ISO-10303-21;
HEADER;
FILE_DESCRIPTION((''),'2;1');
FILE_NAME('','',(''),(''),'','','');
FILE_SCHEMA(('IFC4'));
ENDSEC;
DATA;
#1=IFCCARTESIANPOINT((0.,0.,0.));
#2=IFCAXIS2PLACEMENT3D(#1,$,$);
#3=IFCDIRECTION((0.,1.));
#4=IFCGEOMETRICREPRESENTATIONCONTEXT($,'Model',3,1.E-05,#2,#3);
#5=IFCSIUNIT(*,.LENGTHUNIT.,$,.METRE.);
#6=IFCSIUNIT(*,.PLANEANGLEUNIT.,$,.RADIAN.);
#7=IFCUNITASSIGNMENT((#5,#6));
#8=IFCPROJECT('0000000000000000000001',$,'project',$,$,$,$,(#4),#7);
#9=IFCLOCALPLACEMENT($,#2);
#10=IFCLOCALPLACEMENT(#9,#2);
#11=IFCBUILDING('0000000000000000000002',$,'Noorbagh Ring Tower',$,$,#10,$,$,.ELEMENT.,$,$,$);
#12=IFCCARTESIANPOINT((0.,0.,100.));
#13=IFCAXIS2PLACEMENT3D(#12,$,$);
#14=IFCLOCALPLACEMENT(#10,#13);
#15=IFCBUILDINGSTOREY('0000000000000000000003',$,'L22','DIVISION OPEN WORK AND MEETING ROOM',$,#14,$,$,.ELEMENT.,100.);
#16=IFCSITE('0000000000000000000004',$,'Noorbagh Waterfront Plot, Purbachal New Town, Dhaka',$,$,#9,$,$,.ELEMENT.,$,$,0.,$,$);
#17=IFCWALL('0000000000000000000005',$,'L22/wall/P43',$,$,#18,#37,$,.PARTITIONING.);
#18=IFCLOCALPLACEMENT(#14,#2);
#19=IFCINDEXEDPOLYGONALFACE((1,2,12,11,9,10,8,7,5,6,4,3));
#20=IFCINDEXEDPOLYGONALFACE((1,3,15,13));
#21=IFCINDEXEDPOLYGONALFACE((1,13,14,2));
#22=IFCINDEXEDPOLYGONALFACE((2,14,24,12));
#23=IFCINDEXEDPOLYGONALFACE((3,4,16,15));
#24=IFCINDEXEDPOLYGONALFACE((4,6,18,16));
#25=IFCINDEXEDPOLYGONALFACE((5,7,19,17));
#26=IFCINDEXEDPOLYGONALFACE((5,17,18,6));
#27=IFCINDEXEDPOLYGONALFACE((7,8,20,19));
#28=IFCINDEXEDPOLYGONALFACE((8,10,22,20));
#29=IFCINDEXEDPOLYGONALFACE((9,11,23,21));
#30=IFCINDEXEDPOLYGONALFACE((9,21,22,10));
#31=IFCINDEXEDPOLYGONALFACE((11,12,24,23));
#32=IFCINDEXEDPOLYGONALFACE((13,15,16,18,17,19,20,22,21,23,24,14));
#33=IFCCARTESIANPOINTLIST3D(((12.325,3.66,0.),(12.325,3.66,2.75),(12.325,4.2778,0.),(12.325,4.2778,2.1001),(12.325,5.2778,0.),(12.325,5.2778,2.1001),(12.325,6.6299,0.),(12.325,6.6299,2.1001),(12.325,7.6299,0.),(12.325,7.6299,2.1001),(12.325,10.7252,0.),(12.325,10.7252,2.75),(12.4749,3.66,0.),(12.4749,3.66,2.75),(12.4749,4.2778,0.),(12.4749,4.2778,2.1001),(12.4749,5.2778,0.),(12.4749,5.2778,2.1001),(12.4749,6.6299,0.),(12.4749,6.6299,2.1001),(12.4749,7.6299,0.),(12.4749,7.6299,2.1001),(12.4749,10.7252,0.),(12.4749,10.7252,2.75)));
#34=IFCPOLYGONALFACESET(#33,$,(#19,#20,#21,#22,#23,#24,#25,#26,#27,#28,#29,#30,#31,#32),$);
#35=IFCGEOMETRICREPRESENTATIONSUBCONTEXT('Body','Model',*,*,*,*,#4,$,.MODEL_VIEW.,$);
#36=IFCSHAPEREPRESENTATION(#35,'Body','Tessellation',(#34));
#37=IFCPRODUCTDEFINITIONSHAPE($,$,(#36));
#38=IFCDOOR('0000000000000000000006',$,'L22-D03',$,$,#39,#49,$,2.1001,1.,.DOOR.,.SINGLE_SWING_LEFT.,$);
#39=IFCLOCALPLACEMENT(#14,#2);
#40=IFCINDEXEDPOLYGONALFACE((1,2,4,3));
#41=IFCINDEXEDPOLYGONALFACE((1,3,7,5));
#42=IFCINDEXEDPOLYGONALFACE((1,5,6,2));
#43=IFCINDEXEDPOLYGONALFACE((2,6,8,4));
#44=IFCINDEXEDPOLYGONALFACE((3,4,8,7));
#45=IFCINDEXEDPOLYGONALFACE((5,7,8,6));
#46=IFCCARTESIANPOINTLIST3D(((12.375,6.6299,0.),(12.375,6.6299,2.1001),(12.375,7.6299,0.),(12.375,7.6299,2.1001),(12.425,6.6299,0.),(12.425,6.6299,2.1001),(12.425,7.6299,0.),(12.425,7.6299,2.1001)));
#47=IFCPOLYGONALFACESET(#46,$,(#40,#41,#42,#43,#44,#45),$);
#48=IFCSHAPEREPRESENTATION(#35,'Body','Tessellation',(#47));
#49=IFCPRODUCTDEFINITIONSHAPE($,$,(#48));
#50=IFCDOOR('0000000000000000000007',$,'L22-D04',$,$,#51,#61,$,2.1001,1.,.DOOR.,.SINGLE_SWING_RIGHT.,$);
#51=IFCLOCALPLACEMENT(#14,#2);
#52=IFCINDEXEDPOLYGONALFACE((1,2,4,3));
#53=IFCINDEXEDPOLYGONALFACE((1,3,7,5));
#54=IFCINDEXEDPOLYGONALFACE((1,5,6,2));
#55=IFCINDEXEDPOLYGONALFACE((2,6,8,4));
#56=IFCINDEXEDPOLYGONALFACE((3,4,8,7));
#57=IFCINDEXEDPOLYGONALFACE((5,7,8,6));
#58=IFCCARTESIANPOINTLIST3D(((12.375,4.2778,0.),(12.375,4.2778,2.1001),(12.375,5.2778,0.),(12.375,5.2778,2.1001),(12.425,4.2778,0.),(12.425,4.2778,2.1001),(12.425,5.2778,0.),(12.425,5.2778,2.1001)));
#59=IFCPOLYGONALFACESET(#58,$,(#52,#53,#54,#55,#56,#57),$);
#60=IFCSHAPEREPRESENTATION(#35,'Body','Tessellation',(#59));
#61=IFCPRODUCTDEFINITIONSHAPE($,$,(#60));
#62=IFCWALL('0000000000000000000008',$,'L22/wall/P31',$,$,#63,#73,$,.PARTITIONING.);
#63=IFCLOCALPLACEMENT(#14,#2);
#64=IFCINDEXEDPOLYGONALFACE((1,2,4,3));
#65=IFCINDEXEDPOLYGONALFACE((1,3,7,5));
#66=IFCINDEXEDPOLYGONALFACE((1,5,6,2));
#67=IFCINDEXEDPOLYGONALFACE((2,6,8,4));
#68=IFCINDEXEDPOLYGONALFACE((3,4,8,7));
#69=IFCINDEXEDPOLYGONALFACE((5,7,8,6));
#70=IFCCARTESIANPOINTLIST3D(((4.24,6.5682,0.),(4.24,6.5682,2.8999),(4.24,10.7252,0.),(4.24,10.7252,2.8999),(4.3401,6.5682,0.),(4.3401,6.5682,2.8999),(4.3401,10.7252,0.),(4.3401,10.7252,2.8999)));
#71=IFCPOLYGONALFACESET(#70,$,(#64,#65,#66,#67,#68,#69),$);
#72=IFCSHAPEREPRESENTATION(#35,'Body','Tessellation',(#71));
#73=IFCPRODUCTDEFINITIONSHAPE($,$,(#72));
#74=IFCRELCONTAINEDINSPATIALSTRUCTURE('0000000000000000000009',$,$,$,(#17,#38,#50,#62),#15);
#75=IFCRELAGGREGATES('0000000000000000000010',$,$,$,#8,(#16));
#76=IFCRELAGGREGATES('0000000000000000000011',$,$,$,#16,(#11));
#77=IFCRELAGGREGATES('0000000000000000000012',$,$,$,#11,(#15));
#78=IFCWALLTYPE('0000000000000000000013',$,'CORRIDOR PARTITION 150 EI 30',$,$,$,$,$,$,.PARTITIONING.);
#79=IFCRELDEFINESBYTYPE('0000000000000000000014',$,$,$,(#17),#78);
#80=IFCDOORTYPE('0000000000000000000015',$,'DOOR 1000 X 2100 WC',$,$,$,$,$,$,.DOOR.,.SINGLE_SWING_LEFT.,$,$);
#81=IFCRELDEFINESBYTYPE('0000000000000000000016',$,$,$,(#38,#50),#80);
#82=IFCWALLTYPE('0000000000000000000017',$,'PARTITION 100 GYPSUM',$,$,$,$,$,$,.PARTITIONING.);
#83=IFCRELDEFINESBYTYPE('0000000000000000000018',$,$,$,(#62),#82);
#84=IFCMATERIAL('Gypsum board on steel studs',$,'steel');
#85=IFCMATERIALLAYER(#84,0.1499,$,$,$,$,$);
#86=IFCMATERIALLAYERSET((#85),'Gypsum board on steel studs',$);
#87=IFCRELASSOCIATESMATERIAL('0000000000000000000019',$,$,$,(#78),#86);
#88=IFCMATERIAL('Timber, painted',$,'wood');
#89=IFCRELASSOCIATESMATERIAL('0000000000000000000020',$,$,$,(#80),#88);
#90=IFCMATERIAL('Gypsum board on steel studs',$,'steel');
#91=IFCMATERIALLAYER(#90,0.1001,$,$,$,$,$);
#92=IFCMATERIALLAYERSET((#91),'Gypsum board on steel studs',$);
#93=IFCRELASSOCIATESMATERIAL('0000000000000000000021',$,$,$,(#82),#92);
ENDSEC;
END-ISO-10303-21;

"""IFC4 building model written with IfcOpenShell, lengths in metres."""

from ifc_helpers import new_model, si_unit, direction, frame, frame_2d, origin, place, context, subcontext, project, spatial, rectangle, extrude, material, layer, layer_set, type_object, element, fill, save


model = new_model("IFC4")

# Units and contexts
model_context = context("Model", 3, precision=1e-05, world=origin(), true_north=direction((0.0, 1.0)))
body_context = subcontext(model_context, "Body", "Model", "MODEL_VIEW")
ifc_project = project(units=[si_unit("LENGTHUNIT", "METRE"), si_unit("PLANEANGLEUNIT", "RADIAN")], contexts=[model_context])

# Site, building, storey
site_placement = place(None, origin())
site = spatial("IfcSite", under=ifc_project, at=site_placement, Name="Noorbagh Waterfront Plot, Purbachal New Town, Dhaka", CompositionType="ELEMENT", RefElevation=0.0)
building_placement = place(site_placement, origin())
building = spatial("IfcBuilding", under=site, at=building_placement, Name="Noorbagh Ring Tower", CompositionType="ELEMENT")
storey_placement = place(building_placement, frame((0.0, 0.0, 100.0)))
storey = spatial("IfcBuildingStorey", under=building, at=storey_placement, Name="L22", Description="DIVISION OPEN WORK AND MEETING ROOM", CompositionType="ELEMENT", Elevation=100.0)

# Shared definitions
ifc_material_1 = material(Name="Gypsum board on steel studs", Category="steel")
ifc_layer_1 = layer(ifc_material_1, 0.1499)
ifc_layer_set_1 = layer_set([ifc_layer_1], Name="Gypsum board on steel studs")
wall_type_1 = type_object("IfcWallType", Name="CORRIDOR PARTITION 150 EI 30", PredefinedType="PARTITIONING", material=ifc_layer_set_1)
ifc_material_2 = material(Name="Timber, painted", Category="wood")
door_type_1 = type_object("IfcDoorType", Name="DOOR 1000 X 2100 WC", OperationType="SINGLE_SWING_LEFT", PredefinedType="DOOR", material=ifc_material_2)

# Wall, openings, doors
wall_1_placement = place(storey_placement, frame((12.3999, 3.6599, 0.0), z_axis=(0.0, 0.0, 1.0), x_axis=(0.0, 1.0, 0.0)))
wall_1 = element("IfcWall", 1, at=wall_1_placement, inside=storey, type_object=wall_type_1, Name="L22/wall/P43", PredefinedType="PARTITIONING", context=body_context, shape_type="SweptSolid", body=[
    extrude(rectangle(XDim=7.0652, YDim=0.1499, at=frame_2d((3.5327, 0.0))), origin(), (0.0, 0.0, 1.0), 2.75),
])
opening_1_placement = place(wall_1_placement, frame((2.97, 0.0, 0.0)))
opening_1 = element("IfcOpeningElement", 2, at=opening_1_placement, cuts=wall_1, PredefinedType="OPENING", context=body_context, shape_type="SweptSolid", body=[
    extrude(rectangle(XDim=1.0, YDim=2.1001, at=frame_2d((0.5, 1.05))), frame((0.0, 0.085, 0.0), z_axis=(0.0, -1.0, 0.0), x_axis=(1.0, 0.0, 0.0)), (0.0, 0.0, 1.0), 0.1699),
])
opening_2_placement = place(wall_1_placement, frame((0.6179, 0.0, 0.0)))
opening_2 = element("IfcOpeningElement", 3, at=opening_2_placement, cuts=wall_1, PredefinedType="OPENING", context=body_context, shape_type="SweptSolid", body=[
    extrude(rectangle(XDim=1.0, YDim=2.1001, at=frame_2d((0.5, 1.05))), frame((0.0, 0.085, 0.0), z_axis=(0.0, -1.0, 0.0), x_axis=(1.0, 0.0, 0.0)), (0.0, 0.0, 1.0), 0.1699),
])
door_1_placement = place(opening_1_placement, origin())
door_1 = element("IfcDoor", 4, at=door_1_placement, inside=storey, type_object=door_type_1, Name="L22-D03", OperationType="SINGLE_SWING_LEFT", OverallHeight=2.1001, OverallWidth=1.0, PredefinedType="DOOR", context=body_context, shape_type="SweptSolid", body=[
    extrude(rectangle(XDim=1.0, YDim=2.1001, at=frame_2d((0.5, 1.05))), frame((0.0, 0.0249, 0.0), z_axis=(0.0, -1.0, 0.0), x_axis=(1.0, 0.0, 0.0)), (0.0, 0.0, 1.0), 0.05),
])
fill(opening_1, door_1)
door_2_placement = place(opening_2_placement, origin())
door_2 = element("IfcDoor", 5, at=door_2_placement, inside=storey, type_object=door_type_1, Name="L22-D04", OperationType="SINGLE_SWING_RIGHT", OverallHeight=2.1001, OverallWidth=1.0, PredefinedType="DOOR", context=body_context, shape_type="SweptSolid", body=[
    extrude(rectangle(XDim=1.0, YDim=2.1001, at=frame_2d((0.5, 1.05))), frame((0.0, 0.0249, 0.0), z_axis=(0.0, -1.0, 0.0), x_axis=(1.0, 0.0, 0.0)), (0.0, 0.0, 1.0), 0.05),
])
fill(opening_2, door_2)

# Wall
ifc_material_3 = material(Name="Gypsum board on steel studs", Category="steel")
ifc_layer_2 = layer(ifc_material_3, 0.1001)
ifc_layer_set_2 = layer_set([ifc_layer_2], Name="Gypsum board on steel studs")
wall_type_2 = type_object("IfcWallType", Name="PARTITION 100 GYPSUM", PredefinedType="PARTITIONING", material=ifc_layer_set_2)
wall_2_placement = place(storey_placement, frame((4.29, 6.5681, 0.0), z_axis=(0.0, 0.0, 1.0), x_axis=(0.0, 1.0, 0.0)))
element("IfcWall", 6, at=wall_2_placement, inside=storey, type_object=wall_type_2, Name="L22/wall/P31", PredefinedType="PARTITIONING", context=body_context, shape_type="SweptSolid", body=[
    extrude(rectangle(XDim=4.157, YDim=0.1001, at=frame_2d((2.0786, 0.0))), origin(), (0.0, 0.0, 1.0), 2.8999),
])

save(model, "model.ifc")
